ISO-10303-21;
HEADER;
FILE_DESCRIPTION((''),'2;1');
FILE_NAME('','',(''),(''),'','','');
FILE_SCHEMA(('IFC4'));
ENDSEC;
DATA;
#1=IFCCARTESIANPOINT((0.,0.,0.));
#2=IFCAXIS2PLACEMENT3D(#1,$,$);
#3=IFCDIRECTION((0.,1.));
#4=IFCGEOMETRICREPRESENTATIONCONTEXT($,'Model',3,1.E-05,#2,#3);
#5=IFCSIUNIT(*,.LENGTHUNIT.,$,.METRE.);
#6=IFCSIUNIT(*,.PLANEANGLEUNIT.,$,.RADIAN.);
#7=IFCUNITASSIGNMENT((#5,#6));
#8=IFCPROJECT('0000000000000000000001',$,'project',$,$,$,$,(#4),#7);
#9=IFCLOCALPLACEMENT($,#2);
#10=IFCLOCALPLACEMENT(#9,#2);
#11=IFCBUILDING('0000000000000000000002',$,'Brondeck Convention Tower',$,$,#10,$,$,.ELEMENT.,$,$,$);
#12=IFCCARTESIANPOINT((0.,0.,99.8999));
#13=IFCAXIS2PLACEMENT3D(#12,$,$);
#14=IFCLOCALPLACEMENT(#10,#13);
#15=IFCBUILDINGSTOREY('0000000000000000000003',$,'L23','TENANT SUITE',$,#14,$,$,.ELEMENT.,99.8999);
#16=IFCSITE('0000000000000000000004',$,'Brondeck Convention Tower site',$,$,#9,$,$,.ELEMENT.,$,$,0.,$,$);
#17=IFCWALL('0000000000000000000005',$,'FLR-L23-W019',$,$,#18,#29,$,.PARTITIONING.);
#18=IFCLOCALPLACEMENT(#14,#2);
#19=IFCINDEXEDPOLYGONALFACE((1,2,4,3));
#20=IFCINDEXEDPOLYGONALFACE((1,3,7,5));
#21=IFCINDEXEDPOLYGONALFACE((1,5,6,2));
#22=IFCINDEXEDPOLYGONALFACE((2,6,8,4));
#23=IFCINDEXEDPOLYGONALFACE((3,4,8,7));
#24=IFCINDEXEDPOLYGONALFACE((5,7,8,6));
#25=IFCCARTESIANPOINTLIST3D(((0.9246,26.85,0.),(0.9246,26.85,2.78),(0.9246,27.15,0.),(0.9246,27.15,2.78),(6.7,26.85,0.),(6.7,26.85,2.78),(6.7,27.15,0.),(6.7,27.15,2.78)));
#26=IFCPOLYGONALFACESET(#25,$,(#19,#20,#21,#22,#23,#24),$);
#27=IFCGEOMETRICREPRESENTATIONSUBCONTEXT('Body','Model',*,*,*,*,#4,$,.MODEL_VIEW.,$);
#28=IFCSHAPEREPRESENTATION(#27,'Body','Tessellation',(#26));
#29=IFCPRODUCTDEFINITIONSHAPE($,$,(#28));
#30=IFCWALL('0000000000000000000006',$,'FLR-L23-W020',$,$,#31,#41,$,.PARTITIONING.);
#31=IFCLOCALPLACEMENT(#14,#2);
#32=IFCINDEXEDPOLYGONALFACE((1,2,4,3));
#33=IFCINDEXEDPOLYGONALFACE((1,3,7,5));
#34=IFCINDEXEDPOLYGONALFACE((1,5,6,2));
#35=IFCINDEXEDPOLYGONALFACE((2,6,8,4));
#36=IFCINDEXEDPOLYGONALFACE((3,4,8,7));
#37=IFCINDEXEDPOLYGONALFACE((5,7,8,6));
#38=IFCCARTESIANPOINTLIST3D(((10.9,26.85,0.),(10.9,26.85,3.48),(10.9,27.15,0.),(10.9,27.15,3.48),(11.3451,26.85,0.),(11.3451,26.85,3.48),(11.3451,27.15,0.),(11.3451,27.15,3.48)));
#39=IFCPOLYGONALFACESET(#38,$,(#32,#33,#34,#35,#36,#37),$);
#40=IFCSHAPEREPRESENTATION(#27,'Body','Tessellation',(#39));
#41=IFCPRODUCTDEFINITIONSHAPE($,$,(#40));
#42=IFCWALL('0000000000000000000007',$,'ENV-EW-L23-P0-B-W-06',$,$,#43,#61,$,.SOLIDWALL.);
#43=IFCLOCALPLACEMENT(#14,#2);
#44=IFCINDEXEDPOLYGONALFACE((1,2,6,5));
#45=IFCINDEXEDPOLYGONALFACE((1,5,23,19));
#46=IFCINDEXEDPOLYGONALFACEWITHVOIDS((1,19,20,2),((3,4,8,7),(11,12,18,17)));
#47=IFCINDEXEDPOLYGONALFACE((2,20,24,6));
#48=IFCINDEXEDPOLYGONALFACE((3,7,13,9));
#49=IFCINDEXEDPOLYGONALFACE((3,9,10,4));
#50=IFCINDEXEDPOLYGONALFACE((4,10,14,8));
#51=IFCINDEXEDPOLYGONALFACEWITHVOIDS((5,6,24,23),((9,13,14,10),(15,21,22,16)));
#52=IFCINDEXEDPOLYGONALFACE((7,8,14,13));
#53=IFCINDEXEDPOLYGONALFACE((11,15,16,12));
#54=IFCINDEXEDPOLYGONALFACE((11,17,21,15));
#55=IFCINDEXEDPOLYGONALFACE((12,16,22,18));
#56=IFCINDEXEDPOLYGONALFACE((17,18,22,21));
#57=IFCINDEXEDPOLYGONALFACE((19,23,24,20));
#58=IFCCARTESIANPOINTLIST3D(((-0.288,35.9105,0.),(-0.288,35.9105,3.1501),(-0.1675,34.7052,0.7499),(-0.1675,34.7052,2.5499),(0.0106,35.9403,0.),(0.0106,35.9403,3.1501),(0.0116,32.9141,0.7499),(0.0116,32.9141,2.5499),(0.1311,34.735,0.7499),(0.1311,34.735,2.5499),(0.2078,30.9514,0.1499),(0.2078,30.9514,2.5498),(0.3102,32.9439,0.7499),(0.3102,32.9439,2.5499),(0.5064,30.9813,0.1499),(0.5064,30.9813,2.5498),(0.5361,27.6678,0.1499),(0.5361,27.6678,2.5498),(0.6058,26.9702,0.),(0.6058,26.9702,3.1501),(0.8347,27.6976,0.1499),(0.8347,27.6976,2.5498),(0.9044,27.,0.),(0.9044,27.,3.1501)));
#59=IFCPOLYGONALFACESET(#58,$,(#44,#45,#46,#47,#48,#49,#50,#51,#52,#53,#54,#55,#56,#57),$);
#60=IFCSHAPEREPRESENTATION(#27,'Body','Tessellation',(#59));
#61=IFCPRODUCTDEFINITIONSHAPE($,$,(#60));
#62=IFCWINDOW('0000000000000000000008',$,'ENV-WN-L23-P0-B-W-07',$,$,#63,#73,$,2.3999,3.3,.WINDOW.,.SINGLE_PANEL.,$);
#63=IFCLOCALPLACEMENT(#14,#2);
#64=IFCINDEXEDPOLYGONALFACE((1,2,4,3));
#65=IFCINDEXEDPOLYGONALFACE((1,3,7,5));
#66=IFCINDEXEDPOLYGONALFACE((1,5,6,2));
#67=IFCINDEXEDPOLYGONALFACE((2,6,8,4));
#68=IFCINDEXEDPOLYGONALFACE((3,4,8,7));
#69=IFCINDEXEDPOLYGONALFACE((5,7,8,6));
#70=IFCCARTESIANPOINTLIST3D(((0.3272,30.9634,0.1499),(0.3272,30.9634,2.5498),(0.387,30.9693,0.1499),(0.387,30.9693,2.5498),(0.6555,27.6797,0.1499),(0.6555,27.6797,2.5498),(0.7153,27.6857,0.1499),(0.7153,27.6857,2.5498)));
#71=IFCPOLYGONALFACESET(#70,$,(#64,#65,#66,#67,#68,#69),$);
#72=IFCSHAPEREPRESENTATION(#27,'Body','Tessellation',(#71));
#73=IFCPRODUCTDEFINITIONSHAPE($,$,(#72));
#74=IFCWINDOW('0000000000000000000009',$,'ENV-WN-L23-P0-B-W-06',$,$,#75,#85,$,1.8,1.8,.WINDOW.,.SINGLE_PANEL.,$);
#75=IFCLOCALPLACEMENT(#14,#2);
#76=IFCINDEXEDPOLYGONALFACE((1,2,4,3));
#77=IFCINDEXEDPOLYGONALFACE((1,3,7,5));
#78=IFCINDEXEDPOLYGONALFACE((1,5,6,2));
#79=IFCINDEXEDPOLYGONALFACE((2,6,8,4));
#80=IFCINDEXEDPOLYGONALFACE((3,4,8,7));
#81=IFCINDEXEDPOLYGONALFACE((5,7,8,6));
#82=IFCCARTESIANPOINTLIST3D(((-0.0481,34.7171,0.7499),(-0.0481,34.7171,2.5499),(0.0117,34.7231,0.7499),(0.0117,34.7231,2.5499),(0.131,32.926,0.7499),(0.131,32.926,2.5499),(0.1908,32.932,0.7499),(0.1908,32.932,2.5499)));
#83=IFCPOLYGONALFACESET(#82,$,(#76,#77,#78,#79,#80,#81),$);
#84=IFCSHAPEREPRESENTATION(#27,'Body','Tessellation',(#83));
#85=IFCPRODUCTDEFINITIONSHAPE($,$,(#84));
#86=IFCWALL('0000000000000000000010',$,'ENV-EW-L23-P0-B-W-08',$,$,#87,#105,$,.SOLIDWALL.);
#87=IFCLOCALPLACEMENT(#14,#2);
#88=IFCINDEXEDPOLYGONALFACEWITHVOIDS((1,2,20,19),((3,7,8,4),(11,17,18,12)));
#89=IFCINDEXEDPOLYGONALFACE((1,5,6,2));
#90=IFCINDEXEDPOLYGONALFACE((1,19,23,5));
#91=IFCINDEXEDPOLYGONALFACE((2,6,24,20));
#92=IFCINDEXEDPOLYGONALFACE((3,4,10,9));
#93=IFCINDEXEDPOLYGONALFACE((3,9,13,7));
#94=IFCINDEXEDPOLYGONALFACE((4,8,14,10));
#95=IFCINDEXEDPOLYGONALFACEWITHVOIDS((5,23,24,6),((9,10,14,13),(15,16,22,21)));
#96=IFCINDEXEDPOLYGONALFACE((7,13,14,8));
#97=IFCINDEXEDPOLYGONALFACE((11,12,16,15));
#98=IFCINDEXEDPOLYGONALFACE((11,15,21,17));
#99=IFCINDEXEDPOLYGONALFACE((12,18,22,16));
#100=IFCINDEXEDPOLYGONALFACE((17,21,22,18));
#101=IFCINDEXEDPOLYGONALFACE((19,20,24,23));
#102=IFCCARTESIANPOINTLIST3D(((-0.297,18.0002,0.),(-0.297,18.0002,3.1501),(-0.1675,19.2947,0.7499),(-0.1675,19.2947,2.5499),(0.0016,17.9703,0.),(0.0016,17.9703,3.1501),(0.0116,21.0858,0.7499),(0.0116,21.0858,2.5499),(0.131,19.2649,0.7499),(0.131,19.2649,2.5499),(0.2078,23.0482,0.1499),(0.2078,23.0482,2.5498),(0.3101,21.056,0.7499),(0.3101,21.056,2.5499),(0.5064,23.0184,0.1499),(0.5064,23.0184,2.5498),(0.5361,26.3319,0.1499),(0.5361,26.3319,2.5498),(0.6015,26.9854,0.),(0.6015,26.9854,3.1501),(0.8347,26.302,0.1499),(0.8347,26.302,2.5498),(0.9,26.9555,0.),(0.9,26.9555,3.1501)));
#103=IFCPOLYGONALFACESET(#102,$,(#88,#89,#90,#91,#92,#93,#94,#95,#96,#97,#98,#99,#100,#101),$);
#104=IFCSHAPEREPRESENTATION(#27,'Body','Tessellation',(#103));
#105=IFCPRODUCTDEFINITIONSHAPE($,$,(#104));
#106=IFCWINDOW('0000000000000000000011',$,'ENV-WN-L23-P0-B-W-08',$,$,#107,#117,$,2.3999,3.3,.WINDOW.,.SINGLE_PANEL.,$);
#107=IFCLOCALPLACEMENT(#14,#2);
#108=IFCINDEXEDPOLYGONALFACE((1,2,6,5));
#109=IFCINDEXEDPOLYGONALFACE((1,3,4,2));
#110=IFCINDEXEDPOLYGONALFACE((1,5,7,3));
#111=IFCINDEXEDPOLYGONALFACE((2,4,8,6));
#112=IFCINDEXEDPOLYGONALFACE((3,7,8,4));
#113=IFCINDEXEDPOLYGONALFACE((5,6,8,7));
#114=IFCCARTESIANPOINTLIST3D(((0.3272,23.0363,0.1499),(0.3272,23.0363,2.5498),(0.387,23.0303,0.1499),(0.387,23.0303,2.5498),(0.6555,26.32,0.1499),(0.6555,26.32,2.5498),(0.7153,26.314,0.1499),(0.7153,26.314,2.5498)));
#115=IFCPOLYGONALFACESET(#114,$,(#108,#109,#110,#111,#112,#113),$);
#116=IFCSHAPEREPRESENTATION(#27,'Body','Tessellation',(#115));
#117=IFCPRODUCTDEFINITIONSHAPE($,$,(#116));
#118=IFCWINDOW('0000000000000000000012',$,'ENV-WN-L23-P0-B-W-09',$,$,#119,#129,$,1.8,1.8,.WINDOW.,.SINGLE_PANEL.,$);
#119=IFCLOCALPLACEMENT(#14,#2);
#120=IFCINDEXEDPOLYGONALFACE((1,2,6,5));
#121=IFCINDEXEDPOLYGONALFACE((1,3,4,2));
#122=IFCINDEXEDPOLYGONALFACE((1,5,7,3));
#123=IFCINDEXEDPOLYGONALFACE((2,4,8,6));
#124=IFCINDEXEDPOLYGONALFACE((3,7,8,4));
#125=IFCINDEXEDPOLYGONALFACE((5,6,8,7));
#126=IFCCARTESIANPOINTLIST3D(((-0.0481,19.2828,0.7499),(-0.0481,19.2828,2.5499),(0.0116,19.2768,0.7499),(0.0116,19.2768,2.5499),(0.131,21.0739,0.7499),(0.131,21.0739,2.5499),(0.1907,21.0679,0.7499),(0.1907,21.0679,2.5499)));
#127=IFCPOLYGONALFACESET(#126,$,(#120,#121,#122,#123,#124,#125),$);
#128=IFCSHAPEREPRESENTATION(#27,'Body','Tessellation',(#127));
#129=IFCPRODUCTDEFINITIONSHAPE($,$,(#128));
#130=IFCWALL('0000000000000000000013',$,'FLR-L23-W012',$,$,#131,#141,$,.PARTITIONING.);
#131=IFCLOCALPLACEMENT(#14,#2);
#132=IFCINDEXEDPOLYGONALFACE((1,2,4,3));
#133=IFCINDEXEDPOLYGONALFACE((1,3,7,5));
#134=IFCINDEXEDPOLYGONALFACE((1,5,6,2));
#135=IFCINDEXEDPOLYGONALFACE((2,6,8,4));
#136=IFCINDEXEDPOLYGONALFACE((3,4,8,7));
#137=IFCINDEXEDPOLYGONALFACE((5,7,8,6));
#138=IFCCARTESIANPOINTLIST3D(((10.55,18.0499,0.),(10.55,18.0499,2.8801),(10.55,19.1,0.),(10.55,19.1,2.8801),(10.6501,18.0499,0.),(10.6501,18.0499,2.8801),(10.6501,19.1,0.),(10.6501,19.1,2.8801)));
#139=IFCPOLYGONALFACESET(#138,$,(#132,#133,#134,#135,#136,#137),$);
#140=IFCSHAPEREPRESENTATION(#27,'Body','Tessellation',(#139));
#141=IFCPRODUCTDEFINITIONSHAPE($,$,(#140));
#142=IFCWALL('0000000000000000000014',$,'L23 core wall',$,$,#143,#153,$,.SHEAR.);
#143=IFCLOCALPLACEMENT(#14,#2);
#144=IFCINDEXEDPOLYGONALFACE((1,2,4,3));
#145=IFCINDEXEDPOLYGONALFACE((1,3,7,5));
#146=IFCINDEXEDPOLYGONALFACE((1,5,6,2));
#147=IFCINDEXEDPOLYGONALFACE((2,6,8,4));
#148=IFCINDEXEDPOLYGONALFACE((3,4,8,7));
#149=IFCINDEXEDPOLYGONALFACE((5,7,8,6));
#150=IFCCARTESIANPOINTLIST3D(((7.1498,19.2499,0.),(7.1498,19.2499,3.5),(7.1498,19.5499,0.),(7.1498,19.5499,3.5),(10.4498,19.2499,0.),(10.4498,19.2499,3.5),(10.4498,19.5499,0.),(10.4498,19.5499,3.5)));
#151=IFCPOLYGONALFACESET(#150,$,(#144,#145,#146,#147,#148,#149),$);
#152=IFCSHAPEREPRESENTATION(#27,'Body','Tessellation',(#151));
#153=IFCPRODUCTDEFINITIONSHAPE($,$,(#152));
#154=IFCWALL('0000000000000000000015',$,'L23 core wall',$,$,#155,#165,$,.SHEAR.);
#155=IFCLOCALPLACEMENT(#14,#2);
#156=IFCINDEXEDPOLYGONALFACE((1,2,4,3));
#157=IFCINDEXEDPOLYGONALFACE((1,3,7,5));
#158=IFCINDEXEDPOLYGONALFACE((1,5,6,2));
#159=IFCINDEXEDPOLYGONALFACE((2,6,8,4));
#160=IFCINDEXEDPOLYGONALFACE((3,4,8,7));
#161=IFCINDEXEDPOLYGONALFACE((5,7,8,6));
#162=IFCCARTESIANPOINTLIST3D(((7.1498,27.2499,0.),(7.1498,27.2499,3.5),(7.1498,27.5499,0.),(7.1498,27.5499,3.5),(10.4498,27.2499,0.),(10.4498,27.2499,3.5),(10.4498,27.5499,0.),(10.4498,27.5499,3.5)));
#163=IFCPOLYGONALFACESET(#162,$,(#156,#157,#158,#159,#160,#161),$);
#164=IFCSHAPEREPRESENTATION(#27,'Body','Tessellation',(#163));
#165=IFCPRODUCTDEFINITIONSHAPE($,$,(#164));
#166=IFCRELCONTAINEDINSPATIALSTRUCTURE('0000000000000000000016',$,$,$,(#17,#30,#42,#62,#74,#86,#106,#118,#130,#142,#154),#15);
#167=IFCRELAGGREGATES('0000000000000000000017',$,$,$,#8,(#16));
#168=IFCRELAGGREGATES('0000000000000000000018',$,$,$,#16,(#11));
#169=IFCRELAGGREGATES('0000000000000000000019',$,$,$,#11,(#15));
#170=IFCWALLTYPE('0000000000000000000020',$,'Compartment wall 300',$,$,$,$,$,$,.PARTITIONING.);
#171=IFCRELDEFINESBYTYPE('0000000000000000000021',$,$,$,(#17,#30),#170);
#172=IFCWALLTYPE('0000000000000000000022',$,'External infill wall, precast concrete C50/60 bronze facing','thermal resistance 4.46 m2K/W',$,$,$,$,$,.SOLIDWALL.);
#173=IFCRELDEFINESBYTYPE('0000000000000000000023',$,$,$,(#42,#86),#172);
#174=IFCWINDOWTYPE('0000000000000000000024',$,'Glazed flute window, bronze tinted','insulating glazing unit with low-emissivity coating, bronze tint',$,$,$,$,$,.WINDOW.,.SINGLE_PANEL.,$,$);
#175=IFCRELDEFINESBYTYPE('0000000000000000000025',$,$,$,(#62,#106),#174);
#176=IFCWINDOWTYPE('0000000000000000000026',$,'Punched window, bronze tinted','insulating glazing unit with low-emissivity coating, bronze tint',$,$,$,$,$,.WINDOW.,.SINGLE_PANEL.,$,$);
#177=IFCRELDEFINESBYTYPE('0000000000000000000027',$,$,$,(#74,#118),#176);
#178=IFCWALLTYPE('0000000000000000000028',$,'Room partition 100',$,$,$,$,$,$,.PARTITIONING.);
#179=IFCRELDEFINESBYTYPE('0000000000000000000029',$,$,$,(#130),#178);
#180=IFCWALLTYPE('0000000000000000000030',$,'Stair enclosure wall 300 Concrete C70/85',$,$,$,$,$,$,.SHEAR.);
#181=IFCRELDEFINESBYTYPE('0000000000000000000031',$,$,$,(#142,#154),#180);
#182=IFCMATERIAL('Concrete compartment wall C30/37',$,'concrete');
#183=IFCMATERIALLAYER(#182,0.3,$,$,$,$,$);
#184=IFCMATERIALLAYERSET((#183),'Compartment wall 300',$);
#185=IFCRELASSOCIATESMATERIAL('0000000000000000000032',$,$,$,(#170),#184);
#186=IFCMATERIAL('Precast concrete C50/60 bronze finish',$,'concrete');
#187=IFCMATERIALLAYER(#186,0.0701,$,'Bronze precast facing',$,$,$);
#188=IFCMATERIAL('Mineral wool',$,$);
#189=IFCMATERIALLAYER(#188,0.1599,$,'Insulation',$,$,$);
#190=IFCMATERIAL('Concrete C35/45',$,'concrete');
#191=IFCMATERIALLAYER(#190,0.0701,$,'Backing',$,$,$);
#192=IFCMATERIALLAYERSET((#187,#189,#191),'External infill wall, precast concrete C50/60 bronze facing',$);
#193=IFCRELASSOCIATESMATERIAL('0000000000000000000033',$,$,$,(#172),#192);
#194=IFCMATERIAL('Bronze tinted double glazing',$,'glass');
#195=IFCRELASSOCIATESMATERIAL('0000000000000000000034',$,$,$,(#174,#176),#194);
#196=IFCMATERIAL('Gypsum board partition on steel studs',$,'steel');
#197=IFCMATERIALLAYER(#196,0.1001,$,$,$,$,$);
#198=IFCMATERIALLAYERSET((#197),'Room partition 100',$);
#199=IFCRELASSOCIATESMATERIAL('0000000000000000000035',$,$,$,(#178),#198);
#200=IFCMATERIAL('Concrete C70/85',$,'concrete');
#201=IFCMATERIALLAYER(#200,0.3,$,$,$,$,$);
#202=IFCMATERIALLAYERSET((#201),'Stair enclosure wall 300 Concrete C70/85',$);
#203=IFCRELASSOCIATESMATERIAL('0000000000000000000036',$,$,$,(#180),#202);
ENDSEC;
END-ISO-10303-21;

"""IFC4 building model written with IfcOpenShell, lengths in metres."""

from ifc_helpers import new_model, si_unit, direction, frame, frame_2d, origin, place, context, subcontext, project, spatial, rectangle, extrude, material, layer, layer_set, type_object, element, fill, save


model = new_model("IFC4")

# Units and contexts
model_context = context("Model", 3, precision=1e-05, world=origin(), true_north=direction((0.0, 1.0)))
body_context = subcontext(model_context, "Body", "Model", "MODEL_VIEW")
ifc_project = project(units=[si_unit("LENGTHUNIT", "METRE"), si_unit("PLANEANGLEUNIT", "RADIAN")], contexts=[model_context])

# Site, building, storey
site_placement = place(None, origin())
site = spatial("IfcSite", under=ifc_project, at=site_placement, Name="Brondeck Convention Tower site", CompositionType="ELEMENT", RefElevation=0.0)
building_placement = place(site_placement, origin())
building = spatial("IfcBuilding", under=site, at=building_placement, Name="Brondeck Convention Tower", CompositionType="ELEMENT")
storey_placement = place(building_placement, frame((0.0, 0.0, 99.8999)))
storey = spatial("IfcBuildingStorey", under=building, at=storey_placement, Name="L23", Description="TENANT SUITE", CompositionType="ELEMENT", Elevation=99.8999)

# Shared definitions
ifc_material_1 = material(Name="Concrete C70/85", Category="concrete")

# Walls
ifc_material_2 = material(Name="Concrete compartment wall C30/37", Category="concrete")
ifc_layer_1 = layer(ifc_material_2, 0.3)
ifc_layer_set_1 = layer_set([ifc_layer_1], Name="Compartment wall 300")
wall_type_1 = type_object("IfcWallType", Name="Compartment wall 300", PredefinedType="PARTITIONING", material=ifc_layer_set_1)
wall_1_placement = place(storey_placement, frame((0.9246, 27.0, 0.0), z_axis=(0.0, 0.0, 1.0), x_axis=(1.0, 0.0, 0.0)))
element("IfcWall", 1, at=wall_1_placement, inside=storey, type_object=wall_type_1, Name="FLR-L23-W019", PredefinedType="PARTITIONING", context=body_context, shape_type="SweptSolid", body=[
    extrude(rectangle(XDim=5.7754, YDim=0.3, at=frame_2d((2.8877, 0.0))), origin(), (0.0, 0.0, 1.0), 2.78),
])
wall_2_placement = place(storey_placement, frame((10.8999, 27.0, 0.0), z_axis=(0.0, 0.0, 1.0), x_axis=(1.0, 0.0, 0.0)))
element("IfcWall", 2, at=wall_2_placement, inside=storey, type_object=wall_type_1, Name="FLR-L23-W020", PredefinedType="PARTITIONING", context=body_context, shape_type="SweptSolid", body=[
    extrude(rectangle(XDim=0.4451, YDim=0.3, at=frame_2d((0.2227, 0.0))), origin(), (0.0, 0.0, 1.0), 3.48),
])

# Walls, openings, windows
ifc_material_3 = material(Name="Precast concrete C50/60 bronze finish", Category="concrete")
ifc_layer_2 = layer(ifc_material_3, 0.0701, Name="Bronze precast facing")
ifc_material_4 = material(Name="Mineral wool")
ifc_layer_3 = layer(ifc_material_4, 0.1599, Name="Insulation")
ifc_material_5 = material(Name="Concrete C35/45", Category="concrete")
ifc_layer_4 = layer(ifc_material_5, 0.0701, Name="Backing")
ifc_layer_set_2 = layer_set([ifc_layer_2, ifc_layer_3, ifc_layer_4], Name="External infill wall, precast concrete C50/60 bronze facing")
wall_type_2 = type_object("IfcWallType", Name="External infill wall, precast concrete C50/60 bronze facing", Description="thermal resistance 4.46 m2K/W", PredefinedType="SOLIDWALL", material=ifc_layer_set_2)
wall_3_placement = place(storey_placement, frame((0.7551, 26.9851, 0.0), z_axis=(0.0, 0.0, 1.0), x_axis=(-0.09948, 0.99504, 0.0)))
wall_3 = element("IfcWall", 3, at=wall_3_placement, inside=storey, type_object=wall_type_2, Name="ENV-EW-L23-P0-B-W-06", PredefinedType="SOLIDWALL", context=body_context, shape_type="SweptSolid", body=[
    extrude(rectangle(XDim=8.9849, YDim=0.3, at=frame_2d((4.4924, 0.0))), origin(), (0.0, 0.0, 1.0), 3.1501),
])
opening_1_placement = place(wall_3_placement, frame((0.7012, 0.0, 0.1499)))
opening_1 = element("IfcOpeningElement", 4, at=opening_1_placement, cuts=wall_3, PredefinedType="OPENING", context=body_context, shape_type="SweptSolid", body=[
    extrude(rectangle(XDim=3.3, YDim=2.3999, at=frame_2d((1.6499, 1.2))), frame((0.0, 0.1599, 0.0), z_axis=(0.0, -1.0, 0.0), x_axis=(1.0, 0.0, 0.0)), (0.0, 0.0, 1.0), 0.3201),
])
opening_2_placement = place(wall_3_placement, frame((5.9736, 0.0, 0.75)))
opening_2 = element("IfcOpeningElement", 5, at=opening_2_placement, cuts=wall_3, PredefinedType="OPENING", context=body_context, shape_type="SweptSolid", body=[
    extrude(rectangle(XDim=1.8, YDim=1.8, at=frame_2d((0.8999, 0.8999))), frame((0.0, 0.1599, 0.0), z_axis=(0.0, -1.0, 0.0), x_axis=(1.0, 0.0, 0.0)), (0.0, 0.0, 1.0), 0.3201),
])
ifc_material_6 = material(Name="Bronze tinted double glazing", Category="glass")
window_type_1 = type_object("IfcWindowType", Name="Glazed flute window, bronze tinted", Description="insulating glazing unit with low-emissivity coating, bronze tint", PartitioningType="SINGLE_PANEL", PredefinedType="WINDOW", material=ifc_material_6)
window_1_placement = place(opening_1_placement, origin())
window_1 = element("IfcWindow", 6, at=window_1_placement, inside=storey, type_object=window_type_1, Name="ENV-WN-L23-P0-B-W-07", OverallHeight=2.3999, OverallWidth=3.3, PartitioningType="SINGLE_PANEL", PredefinedType="WINDOW", context=body_context, shape_type="SweptSolid", body=[
    extrude(rectangle(XDim=3.3, YDim=2.3999, at=frame_2d((1.6499, 1.2))), frame((0.0, 0.03, 0.0), z_axis=(0.0, -1.0, 0.0), x_axis=(1.0, 0.0, 0.0)), (0.0, 0.0, 1.0), 0.0601),
])
fill(opening_1, window_1)
window_type_2 = type_object("IfcWindowType", Name="Punched window, bronze tinted", Description="insulating glazing unit with low-emissivity coating, bronze tint", PartitioningType="SINGLE_PANEL", PredefinedType="WINDOW", material=ifc_material_6)
window_2_placement = place(opening_2_placement, origin())
window_2 = element("IfcWindow", 7, at=window_2_placement, inside=storey, type_object=window_type_2, Name="ENV-WN-L23-P0-B-W-06", OverallHeight=1.8, OverallWidth=1.8, PartitioningType="SINGLE_PANEL", PredefinedType="WINDOW", context=body_context, shape_type="SweptSolid", body=[
    extrude(rectangle(XDim=1.8, YDim=1.8, at=frame_2d((0.8999, 0.8999))), frame((0.0, 0.03, 0.0), z_axis=(0.0, -1.0, 0.0), x_axis=(1.0, 0.0, 0.0)), (0.0, 0.0, 1.0), 0.0601),
])
fill(opening_2, window_2)
wall_4_placement = place(storey_placement, frame((-0.1477, 17.9851, 0.0), z_axis=(0.0, 0.0, 1.0), x_axis=(0.099496, 0.995038, 0.0)))
wall_4 = element("IfcWall", 8, at=wall_4_placement, inside=storey, type_object=wall_type_2, Name="ENV-EW-L23-P0-B-W-08", PredefinedType="SOLIDWALL", context=body_context, shape_type="SweptSolid", body=[
    extrude(rectangle(XDim=9.03, YDim=0.3, at=frame_2d((4.5151, 0.0))), origin(), (0.0, 0.0, 1.0), 3.1501),
])
opening_3_placement = place(wall_4_placement, frame((1.3013, 0.0, 0.75)))
opening_3 = element("IfcOpeningElement", 9, at=opening_3_placement, cuts=wall_4, PredefinedType="OPENING", context=body_context, shape_type="SweptSolid", body=[
    extrude(rectangle(XDim=1.8, YDim=1.8, at=frame_2d((0.8999, 0.8999))), frame((0.0, 0.1599, 0.0), z_axis=(0.0, -1.0, 0.0), x_axis=(1.0, 0.0, 0.0)), (0.0, 0.0, 1.0), 0.3201),
])
opening_4_placement = place(wall_4_placement, frame((5.0735, 0.0, 0.1499)))
opening_4 = element("IfcOpeningElement", 10, at=opening_4_placement, cuts=wall_4, PredefinedType="OPENING", context=body_context, shape_type="SweptSolid", body=[
    extrude(rectangle(XDim=3.3, YDim=2.3999, at=frame_2d((1.6499, 1.2))), frame((0.0, 0.1599, 0.0), z_axis=(0.0, -1.0, 0.0), x_axis=(1.0, 0.0, 0.0)), (0.0, 0.0, 1.0), 0.3201),
])
window_3_placement = place(opening_4_placement, origin())
window_3 = element("IfcWindow", 11, at=window_3_placement, inside=storey, type_object=window_type_1, Name="ENV-WN-L23-P0-B-W-08", OverallHeight=2.3999, OverallWidth=3.3, PartitioningType="SINGLE_PANEL", PredefinedType="WINDOW", context=body_context, shape_type="SweptSolid", body=[
    extrude(rectangle(XDim=3.3, YDim=2.3999, at=frame_2d((1.6499, 1.2))), frame((0.0, 0.03, 0.0), z_axis=(0.0, -1.0, 0.0), x_axis=(1.0, 0.0, 0.0)), (0.0, 0.0, 1.0), 0.0601),
])
fill(opening_4, window_3)
window_4_placement = place(opening_3_placement, origin())
window_4 = element("IfcWindow", 12, at=window_4_placement, inside=storey, type_object=window_type_2, Name="ENV-WN-L23-P0-B-W-09", OverallHeight=1.8, OverallWidth=1.8, PartitioningType="SINGLE_PANEL", PredefinedType="WINDOW", context=body_context, shape_type="SweptSolid", body=[
    extrude(rectangle(XDim=1.8, YDim=1.8, at=frame_2d((0.8999, 0.8999))), frame((0.0, 0.03, 0.0), z_axis=(0.0, -1.0, 0.0), x_axis=(1.0, 0.0, 0.0)), (0.0, 0.0, 1.0), 0.0601),
])
fill(opening_3, window_4)

# Walls
ifc_material_7 = material(Name="Gypsum board partition on steel studs", Category="steel")
ifc_layer_5 = layer(ifc_material_7, 0.1001)
ifc_layer_set_3 = layer_set([ifc_layer_5], Name="Room partition 100")
wall_type_3 = type_object("IfcWallType", Name="Room partition 100", PredefinedType="PARTITIONING", material=ifc_layer_set_3)
wall_5_placement = place(storey_placement, frame((10.6001, 18.05, 0.0), z_axis=(0.0, 0.0, 1.0), x_axis=(0.0, 1.0, 0.0)))
element("IfcWall", 13, at=wall_5_placement, inside=storey, type_object=wall_type_3, Name="FLR-L23-W012", PredefinedType="PARTITIONING", context=body_context, shape_type="SweptSolid", body=[
    extrude(rectangle(XDim=1.05, YDim=0.1001, at=frame_2d((0.5249, 0.0))), origin(), (0.0, 0.0, 1.0), 2.8801),
])
ifc_layer_6 = layer(ifc_material_1, 0.3)
ifc_layer_set_4 = layer_set([ifc_layer_6], Name="Stair enclosure wall 300 Concrete C70/85")
wall_type_4 = type_object("IfcWallType", Name="Stair enclosure wall 300 Concrete C70/85", PredefinedType="SHEAR", material=ifc_layer_set_4)
for number, where, z_axis, x_axis, name in (
    (14, (7.1499, 19.3999, 0.0), (0.0, 0.0, 1.0), (1.0, 0.0, 0.0), "L23 core wall"),
    (15, (7.1499, 27.3999, 0.0), (0.0, 0.0, 1.0), (1.0, 0.0, 0.0), "L23 core wall"),
):
    element("IfcWall", number, at=place(storey_placement, frame(where, z_axis=z_axis, x_axis=x_axis)), inside=storey, type_object=wall_type_4, Name=name, PredefinedType="SHEAR", context=body_context, shape_type="SweptSolid", body=[
        extrude(rectangle(XDim=3.3, YDim=0.3, at=frame_2d((1.6499, 0.0))), origin(), (0.0, 0.0, 1.0), 3.5),
    ])

save(model, "model.ifc")
